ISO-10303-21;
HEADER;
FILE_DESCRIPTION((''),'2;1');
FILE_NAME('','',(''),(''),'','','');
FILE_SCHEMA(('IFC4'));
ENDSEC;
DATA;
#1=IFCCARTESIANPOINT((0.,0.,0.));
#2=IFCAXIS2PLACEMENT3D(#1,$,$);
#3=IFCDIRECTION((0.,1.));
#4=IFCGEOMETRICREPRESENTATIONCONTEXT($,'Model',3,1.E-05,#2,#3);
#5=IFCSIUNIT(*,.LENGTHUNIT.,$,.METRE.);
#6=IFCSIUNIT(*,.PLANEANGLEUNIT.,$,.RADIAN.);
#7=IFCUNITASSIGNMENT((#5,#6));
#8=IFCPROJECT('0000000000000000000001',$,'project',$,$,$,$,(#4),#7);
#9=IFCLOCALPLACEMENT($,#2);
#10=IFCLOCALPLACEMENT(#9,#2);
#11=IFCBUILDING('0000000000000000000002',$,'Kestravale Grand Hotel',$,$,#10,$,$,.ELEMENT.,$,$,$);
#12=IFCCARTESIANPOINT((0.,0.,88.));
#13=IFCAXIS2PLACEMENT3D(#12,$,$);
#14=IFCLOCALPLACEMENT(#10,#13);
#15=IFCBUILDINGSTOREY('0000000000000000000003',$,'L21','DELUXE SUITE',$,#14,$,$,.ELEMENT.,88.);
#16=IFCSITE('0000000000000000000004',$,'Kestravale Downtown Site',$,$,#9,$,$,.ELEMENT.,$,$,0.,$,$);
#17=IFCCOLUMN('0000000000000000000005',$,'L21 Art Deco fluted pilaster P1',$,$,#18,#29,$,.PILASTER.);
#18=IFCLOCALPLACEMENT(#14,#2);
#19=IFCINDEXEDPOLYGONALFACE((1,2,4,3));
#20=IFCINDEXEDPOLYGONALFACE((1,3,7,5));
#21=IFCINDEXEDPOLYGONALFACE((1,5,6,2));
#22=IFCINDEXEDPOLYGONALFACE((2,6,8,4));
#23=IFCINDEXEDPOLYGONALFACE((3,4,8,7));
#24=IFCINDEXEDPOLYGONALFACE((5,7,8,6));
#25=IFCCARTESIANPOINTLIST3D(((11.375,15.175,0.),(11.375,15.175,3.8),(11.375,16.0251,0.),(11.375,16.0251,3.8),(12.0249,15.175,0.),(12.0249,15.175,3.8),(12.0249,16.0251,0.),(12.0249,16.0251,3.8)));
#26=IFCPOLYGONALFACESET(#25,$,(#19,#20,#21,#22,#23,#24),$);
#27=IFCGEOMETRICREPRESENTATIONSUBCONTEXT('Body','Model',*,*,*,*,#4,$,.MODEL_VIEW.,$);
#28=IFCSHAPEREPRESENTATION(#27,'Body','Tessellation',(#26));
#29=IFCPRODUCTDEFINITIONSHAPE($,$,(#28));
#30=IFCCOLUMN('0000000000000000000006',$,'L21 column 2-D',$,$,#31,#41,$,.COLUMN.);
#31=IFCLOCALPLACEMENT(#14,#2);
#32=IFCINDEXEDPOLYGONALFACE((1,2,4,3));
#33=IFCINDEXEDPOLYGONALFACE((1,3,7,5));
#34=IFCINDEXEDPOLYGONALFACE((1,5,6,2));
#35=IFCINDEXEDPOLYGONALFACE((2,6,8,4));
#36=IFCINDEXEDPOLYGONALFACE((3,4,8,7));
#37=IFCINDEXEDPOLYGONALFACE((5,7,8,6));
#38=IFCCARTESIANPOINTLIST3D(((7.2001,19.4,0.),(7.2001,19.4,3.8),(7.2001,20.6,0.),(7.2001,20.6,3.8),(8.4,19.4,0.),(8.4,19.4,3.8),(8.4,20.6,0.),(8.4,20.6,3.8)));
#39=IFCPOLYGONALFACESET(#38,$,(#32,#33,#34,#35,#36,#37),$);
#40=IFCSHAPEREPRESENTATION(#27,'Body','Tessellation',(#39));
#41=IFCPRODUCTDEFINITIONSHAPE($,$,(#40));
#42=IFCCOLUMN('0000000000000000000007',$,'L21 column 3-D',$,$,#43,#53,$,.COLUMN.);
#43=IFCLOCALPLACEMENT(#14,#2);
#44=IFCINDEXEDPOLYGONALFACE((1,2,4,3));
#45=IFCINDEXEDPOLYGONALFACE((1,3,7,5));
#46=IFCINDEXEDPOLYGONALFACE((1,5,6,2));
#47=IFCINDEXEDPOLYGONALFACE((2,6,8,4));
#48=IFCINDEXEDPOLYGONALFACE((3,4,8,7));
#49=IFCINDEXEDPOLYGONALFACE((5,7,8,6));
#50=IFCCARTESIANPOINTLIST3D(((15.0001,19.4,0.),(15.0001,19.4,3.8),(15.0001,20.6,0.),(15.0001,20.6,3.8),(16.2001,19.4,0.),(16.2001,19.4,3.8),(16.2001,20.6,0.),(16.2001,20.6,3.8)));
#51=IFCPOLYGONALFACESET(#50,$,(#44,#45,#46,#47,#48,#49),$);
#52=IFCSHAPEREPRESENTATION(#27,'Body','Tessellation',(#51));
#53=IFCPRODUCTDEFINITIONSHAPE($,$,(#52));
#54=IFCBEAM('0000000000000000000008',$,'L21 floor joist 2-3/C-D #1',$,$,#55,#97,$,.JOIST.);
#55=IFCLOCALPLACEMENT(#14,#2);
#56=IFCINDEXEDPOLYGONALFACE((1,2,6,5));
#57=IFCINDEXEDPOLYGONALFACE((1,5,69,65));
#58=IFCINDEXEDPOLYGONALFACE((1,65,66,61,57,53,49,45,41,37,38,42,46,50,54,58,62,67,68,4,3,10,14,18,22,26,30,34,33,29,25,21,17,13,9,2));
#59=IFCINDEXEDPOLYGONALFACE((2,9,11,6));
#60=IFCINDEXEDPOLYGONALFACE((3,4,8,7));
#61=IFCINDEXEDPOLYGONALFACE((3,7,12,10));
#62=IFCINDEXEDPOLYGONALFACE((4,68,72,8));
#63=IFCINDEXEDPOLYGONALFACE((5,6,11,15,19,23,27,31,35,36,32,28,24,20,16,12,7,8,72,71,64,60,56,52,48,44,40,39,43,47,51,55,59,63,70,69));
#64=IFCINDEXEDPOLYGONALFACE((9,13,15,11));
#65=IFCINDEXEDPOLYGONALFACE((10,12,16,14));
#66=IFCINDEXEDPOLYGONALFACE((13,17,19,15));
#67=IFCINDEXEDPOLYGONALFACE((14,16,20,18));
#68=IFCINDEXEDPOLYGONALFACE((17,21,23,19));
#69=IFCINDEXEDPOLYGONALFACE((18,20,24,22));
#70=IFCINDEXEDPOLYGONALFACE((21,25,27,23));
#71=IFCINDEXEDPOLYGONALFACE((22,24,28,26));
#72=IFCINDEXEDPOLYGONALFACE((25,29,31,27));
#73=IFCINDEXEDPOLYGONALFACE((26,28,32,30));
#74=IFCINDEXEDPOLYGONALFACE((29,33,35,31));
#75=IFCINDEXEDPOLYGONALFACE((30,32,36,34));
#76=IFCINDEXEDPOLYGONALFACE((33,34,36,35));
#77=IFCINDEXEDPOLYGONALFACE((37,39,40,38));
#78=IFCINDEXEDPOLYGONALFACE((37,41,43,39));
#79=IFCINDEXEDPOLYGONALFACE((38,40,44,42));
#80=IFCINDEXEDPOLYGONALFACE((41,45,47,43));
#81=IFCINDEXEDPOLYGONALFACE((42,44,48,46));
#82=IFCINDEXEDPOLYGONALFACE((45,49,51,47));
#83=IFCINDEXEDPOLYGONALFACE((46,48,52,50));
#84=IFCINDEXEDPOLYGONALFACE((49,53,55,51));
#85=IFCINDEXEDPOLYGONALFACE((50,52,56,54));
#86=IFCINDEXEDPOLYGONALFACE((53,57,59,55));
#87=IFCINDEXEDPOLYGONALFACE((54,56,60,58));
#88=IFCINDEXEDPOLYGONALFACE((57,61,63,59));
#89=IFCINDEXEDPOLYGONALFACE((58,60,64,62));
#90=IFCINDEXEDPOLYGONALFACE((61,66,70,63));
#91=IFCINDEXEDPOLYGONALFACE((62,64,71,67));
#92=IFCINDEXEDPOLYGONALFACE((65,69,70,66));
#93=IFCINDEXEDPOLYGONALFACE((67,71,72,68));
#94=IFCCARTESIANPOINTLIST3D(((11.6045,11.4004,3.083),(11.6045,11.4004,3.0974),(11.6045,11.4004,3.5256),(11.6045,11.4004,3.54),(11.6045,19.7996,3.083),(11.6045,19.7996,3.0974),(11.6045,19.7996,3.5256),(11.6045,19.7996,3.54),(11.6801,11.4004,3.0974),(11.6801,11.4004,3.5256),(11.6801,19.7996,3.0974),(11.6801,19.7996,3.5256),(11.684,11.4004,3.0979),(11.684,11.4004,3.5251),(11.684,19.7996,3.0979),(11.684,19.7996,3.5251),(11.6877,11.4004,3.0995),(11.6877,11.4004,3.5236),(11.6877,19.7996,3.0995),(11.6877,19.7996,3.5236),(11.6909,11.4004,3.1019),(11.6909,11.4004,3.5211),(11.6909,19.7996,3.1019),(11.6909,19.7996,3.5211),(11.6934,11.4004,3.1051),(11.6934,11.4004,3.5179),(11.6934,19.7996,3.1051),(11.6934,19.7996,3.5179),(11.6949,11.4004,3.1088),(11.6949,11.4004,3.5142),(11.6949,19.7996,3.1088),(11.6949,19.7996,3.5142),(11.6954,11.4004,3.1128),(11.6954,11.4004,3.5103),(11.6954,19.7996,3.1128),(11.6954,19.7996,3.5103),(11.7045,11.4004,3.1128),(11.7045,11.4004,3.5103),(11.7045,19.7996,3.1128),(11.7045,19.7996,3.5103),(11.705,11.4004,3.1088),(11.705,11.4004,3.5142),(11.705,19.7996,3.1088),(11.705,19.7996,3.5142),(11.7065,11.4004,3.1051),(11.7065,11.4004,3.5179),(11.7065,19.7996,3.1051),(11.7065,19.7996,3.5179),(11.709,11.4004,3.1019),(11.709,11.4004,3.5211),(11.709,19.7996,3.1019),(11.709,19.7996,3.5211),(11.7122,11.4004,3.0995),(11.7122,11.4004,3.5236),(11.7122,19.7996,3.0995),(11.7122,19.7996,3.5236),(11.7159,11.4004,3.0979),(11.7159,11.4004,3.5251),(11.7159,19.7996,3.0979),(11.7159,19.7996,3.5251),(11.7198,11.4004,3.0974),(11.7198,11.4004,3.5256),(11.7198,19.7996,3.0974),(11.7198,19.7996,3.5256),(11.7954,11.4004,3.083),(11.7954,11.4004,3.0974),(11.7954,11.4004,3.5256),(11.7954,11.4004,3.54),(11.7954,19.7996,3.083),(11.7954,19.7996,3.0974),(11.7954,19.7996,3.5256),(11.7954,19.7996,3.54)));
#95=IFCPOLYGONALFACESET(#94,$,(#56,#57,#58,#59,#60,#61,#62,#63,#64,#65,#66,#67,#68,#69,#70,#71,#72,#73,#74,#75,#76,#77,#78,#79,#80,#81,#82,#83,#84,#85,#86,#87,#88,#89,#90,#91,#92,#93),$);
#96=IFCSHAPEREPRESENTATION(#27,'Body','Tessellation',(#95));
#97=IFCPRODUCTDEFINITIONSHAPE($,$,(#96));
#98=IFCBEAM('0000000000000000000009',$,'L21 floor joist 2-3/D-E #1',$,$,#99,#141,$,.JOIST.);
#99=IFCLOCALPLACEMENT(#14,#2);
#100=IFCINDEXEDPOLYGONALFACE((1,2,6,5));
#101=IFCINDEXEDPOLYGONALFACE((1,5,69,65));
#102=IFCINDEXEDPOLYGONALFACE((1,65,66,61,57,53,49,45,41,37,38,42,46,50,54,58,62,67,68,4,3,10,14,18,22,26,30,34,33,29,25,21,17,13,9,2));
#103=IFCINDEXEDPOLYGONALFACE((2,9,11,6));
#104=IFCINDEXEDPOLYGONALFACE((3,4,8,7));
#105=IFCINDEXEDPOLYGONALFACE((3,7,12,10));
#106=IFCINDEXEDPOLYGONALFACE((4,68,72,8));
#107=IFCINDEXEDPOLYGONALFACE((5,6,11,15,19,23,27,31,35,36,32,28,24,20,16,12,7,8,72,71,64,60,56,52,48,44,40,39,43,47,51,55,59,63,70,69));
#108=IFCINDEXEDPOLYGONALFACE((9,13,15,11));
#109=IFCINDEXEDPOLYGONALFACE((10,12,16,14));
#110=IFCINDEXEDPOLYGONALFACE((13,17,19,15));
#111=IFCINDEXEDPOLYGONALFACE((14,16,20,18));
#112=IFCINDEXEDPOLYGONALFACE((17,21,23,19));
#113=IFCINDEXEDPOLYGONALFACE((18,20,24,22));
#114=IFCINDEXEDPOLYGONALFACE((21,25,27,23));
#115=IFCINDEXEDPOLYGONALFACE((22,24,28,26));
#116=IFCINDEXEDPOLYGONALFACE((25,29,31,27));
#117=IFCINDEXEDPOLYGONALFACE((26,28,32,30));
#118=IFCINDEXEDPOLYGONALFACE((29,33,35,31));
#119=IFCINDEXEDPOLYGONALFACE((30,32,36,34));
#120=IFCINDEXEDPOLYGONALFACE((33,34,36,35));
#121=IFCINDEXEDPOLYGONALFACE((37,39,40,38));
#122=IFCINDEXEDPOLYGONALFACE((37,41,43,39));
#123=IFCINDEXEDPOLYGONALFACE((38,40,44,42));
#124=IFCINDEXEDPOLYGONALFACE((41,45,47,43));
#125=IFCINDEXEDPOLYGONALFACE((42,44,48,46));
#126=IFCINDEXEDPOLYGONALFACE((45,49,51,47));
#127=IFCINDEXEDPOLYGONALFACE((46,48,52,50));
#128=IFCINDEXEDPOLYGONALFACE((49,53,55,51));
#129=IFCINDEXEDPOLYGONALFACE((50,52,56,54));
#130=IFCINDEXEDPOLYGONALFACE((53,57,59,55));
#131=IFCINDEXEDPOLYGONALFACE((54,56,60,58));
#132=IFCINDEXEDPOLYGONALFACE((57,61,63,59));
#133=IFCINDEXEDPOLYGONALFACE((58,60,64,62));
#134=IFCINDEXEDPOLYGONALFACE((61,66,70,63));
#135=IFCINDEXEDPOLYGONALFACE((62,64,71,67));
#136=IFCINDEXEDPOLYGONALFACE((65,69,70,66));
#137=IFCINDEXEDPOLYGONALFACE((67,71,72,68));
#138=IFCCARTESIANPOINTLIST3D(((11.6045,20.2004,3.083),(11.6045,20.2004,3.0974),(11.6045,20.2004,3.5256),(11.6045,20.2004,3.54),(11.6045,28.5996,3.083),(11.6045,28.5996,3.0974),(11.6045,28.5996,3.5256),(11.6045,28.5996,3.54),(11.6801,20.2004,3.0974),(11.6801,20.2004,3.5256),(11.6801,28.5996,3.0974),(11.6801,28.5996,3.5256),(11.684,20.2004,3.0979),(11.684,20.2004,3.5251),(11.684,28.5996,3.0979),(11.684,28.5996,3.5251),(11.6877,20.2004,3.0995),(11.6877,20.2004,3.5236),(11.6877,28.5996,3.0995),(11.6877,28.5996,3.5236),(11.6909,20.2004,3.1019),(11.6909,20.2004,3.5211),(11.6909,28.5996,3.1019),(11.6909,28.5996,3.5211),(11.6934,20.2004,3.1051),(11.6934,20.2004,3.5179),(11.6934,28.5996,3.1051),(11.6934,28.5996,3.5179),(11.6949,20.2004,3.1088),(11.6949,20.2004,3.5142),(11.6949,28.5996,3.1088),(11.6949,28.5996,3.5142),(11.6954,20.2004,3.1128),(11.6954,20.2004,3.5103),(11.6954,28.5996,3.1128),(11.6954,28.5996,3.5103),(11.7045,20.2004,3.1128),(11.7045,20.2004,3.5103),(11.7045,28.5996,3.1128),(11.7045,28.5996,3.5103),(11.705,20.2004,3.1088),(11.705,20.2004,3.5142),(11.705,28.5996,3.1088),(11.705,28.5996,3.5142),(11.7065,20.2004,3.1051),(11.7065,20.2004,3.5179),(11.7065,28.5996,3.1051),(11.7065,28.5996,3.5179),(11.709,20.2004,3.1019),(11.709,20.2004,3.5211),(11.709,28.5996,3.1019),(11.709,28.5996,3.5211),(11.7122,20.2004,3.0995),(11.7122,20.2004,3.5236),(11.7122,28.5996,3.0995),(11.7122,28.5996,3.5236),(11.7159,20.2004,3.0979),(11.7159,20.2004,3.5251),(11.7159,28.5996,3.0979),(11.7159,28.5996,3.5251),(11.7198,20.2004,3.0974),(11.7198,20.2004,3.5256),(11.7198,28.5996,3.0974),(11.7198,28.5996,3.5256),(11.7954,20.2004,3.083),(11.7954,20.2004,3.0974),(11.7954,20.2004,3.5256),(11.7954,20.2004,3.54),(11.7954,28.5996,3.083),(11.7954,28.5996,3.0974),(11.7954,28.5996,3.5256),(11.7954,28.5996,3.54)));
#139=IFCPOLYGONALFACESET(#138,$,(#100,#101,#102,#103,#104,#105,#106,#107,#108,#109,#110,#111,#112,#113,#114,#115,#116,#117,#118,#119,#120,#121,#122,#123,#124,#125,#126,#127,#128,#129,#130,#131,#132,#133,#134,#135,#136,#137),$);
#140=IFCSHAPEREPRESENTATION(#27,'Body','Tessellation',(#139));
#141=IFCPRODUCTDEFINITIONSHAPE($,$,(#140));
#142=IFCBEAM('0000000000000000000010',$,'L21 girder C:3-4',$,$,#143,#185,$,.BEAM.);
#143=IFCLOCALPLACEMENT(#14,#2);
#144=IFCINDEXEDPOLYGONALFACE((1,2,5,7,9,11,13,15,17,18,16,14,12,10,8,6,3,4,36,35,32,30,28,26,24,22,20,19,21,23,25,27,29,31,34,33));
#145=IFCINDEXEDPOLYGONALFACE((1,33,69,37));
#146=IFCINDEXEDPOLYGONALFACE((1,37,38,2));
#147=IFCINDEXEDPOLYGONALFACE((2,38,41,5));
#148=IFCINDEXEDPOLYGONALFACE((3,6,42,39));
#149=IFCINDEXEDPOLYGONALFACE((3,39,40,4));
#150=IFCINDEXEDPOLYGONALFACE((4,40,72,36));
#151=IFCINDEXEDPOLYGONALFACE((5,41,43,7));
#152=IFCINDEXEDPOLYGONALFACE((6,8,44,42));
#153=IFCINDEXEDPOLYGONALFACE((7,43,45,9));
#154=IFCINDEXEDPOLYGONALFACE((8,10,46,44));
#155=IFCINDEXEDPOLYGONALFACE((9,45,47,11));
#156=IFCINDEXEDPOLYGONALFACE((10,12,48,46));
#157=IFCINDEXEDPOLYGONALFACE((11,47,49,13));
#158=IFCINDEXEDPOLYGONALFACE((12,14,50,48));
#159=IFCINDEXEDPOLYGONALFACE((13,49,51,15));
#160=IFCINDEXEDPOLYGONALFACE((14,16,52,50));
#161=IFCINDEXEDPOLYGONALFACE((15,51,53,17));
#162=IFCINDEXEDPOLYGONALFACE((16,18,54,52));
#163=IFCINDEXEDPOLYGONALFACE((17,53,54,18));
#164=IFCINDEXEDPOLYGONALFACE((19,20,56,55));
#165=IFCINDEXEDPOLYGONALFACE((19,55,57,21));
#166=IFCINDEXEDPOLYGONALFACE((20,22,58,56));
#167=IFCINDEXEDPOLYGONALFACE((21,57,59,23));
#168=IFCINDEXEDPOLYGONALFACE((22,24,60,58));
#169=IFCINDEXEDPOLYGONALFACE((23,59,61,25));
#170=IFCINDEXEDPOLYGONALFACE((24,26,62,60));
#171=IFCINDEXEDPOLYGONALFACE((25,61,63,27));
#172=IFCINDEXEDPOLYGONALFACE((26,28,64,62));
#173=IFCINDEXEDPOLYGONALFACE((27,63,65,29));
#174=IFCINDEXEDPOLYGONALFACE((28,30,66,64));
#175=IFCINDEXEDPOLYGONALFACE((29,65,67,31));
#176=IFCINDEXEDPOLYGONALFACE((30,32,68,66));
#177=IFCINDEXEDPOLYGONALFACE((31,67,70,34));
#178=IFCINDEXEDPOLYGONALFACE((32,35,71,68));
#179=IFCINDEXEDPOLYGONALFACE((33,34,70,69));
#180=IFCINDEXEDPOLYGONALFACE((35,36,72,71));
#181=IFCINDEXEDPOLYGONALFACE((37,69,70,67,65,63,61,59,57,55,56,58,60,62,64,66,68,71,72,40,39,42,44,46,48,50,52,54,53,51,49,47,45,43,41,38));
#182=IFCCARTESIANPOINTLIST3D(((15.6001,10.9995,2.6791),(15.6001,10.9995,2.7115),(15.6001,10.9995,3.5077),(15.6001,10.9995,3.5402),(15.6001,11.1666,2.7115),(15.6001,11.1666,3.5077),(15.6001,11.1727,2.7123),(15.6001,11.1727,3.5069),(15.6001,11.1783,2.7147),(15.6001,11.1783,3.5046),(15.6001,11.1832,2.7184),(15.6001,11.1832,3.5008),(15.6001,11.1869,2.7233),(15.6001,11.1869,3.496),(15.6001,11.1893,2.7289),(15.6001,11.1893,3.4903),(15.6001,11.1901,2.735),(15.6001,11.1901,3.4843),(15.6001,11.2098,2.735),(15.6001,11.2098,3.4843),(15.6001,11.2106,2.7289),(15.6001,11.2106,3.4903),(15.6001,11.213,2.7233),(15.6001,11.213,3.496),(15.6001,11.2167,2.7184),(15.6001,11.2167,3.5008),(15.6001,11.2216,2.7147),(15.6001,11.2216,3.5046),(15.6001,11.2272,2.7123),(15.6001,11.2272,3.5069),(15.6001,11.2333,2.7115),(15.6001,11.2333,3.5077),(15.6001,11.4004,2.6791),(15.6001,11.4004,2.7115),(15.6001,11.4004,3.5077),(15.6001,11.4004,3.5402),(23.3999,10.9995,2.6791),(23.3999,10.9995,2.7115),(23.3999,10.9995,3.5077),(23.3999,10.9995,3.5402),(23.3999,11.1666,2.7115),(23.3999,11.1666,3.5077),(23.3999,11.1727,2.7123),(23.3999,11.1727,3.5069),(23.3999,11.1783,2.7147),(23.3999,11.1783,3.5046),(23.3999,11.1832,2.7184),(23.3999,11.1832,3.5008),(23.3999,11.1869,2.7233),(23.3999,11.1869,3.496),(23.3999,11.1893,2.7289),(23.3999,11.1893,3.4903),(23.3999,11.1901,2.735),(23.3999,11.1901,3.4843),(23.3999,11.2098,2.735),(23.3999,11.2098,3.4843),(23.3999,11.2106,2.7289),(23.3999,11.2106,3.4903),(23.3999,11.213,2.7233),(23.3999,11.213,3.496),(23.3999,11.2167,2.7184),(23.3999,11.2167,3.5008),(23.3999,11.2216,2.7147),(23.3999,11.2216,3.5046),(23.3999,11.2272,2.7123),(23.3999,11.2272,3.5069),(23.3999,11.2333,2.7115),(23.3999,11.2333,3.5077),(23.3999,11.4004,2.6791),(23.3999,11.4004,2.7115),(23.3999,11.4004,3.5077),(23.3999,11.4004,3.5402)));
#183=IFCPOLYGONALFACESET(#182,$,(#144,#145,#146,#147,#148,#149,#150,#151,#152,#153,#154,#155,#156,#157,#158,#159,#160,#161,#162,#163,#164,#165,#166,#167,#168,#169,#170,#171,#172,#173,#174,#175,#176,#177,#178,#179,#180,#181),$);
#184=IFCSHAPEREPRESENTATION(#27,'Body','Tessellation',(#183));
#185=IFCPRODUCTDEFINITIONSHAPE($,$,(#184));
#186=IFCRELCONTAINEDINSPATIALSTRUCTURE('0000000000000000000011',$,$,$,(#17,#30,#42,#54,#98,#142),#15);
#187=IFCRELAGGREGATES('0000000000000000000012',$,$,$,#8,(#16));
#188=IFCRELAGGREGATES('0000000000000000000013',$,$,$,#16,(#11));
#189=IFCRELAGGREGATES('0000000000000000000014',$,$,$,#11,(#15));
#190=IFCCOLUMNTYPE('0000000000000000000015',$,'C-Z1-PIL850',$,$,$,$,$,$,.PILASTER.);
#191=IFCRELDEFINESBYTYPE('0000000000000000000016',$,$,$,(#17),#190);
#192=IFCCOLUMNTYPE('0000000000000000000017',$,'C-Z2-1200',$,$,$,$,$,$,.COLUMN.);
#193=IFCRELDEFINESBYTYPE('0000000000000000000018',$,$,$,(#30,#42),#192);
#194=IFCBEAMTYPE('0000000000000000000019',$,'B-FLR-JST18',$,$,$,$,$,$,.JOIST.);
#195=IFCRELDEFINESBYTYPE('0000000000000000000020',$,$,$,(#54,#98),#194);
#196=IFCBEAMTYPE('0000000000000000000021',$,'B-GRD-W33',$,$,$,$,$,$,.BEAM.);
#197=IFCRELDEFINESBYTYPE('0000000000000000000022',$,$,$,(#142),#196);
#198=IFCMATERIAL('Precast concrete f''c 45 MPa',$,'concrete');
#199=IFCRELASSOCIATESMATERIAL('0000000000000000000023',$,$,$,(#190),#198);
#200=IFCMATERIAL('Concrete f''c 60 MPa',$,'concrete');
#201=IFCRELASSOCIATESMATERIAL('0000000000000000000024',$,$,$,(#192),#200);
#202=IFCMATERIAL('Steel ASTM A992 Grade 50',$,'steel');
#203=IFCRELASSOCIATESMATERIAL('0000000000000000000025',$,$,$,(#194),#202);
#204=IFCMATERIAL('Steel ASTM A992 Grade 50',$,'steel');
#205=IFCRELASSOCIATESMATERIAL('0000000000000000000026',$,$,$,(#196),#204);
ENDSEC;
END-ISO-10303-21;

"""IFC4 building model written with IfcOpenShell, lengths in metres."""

from ifc_helpers import new_model, si_unit, direction, frame, origin, origin_2d, place, context, subcontext, project, spatial, rectangle, i_section, extrude, material, material_profile, profile_set, type_object, element, save


model = new_model("IFC4")

# Units and contexts
model_context = context("Model", 3, precision=1e-05, world=origin(), true_north=direction((0.0, 1.0)))
body_context = subcontext(model_context, "Body", "Model", "MODEL_VIEW")
ifc_project = project(units=[si_unit("LENGTHUNIT", "METRE"), si_unit("PLANEANGLEUNIT", "RADIAN")], contexts=[model_context])

# Site, building, storey
site_placement = place(None, origin())
site = spatial("IfcSite", under=ifc_project, at=site_placement, Name="Kestravale Downtown Site", CompositionType="ELEMENT", RefElevation=0.0)
building_placement = place(site_placement, origin())
building = spatial("IfcBuilding", under=site, at=building_placement, Name="Kestravale Grand Hotel", CompositionType="ELEMENT")
storey_placement = place(building_placement, frame((0.0, 0.0, 88.0)))
storey = spatial("IfcBuildingStorey", under=building, at=storey_placement, Name="L21", Description="DELUXE SUITE", CompositionType="ELEMENT", Elevation=88.0)

# Columns
ifc_material_1 = material(Name="Precast concrete f'c 45 MPa", Category="concrete")
ifc_material_profile_1 = material_profile(ifc_material_1, rectangle(XDim=0.6499, YDim=0.8501, at=origin_2d()))
ifc_profile_set_1 = profile_set([ifc_material_profile_1], Name="Precast concrete f'c 45 MPa")
column_type_1 = type_object("IfcColumnType", Name="C-Z1-PIL850", PredefinedType="PILASTER", material=ifc_profile_set_1)
column_placement = place(storey_placement, frame((11.7, 15.6001, 0.0), z_axis=(0.0, 0.0, 1.0), x_axis=(1.0, 0.0, 0.0)))
element("IfcColumn", 1, at=column_placement, inside=storey, type_object=column_type_1, Name="L21 Art Deco fluted pilaster P1", PredefinedType="PILASTER", context=body_context, shape_type="SweptSolid", body=[
    extrude(rectangle(XDim=0.6499, YDim=0.8501, at=origin_2d()), origin(), (0.0, 0.0, 1.0), 3.8),
])
ifc_material_2 = material(Name="Concrete f'c 60 MPa", Category="concrete")
ifc_material_profile_2 = material_profile(ifc_material_2, rectangle(XDim=1.2, YDim=1.2, at=origin_2d()))
ifc_profile_set_2 = profile_set([ifc_material_profile_2], Name="Concrete f'c 60 MPa")
column_type_2 = type_object("IfcColumnType", Name="C-Z2-1200", PredefinedType="COLUMN", material=ifc_profile_set_2)
for number, where, z_axis, x_axis, name in (
    (2, (7.8, 20.0, 0.0), (0.0, 0.0, 1.0), (1.0, 0.0, 0.0), "L21 column 2-D"),
    (3, (15.6001, 20.0, 0.0), (0.0, 0.0, 1.0), (1.0, 0.0, 0.0), "L21 column 3-D"),
):
    element("IfcColumn", number, at=place(storey_placement, frame(where, z_axis=z_axis, x_axis=x_axis)), inside=storey, type_object=column_type_2, Name=name, PredefinedType="COLUMN", context=body_context, shape_type="SweptSolid", body=[
        extrude(rectangle(XDim=1.2, YDim=1.2, at=origin_2d()), origin(), (0.0, 0.0, 1.0), 3.8),
    ])

# Beams
ifc_material_3 = material(Name="Steel ASTM A992 Grade 50", Category="steel")
ifc_material_profile_3 = material_profile(ifc_material_3, i_section(OverallWidth=0.1909, OverallDepth=0.457, WebThickness=0.009, FlangeThickness=0.0144, FilletRadius=0.0154, at=origin_2d()))
ifc_profile_set_3 = profile_set([ifc_material_profile_3], Name="Steel ASTM A992 Grade 50")
beam_type_1 = type_object("IfcBeamType", Name="B-FLR-JST18", PredefinedType="JOIST", material=ifc_profile_set_3)
for number, where, z_axis, x_axis, name in (
    (4, (11.7, 11.4004, 3.3115), (0.0, 1.0, 0.0), (-1.0, 0.0, 0.0), "L21 floor joist 2-3/C-D #1"),
    (5, (11.7, 20.2004, 3.3115), (0.0, 1.0, 0.0), (-1.0, 0.0, 0.0), "L21 floor joist 2-3/D-E #1"),
):
    element("IfcBeam", number, at=place(storey_placement, frame(where, z_axis=z_axis, x_axis=x_axis)), inside=storey, type_object=beam_type_1, Name=name, PredefinedType="JOIST", context=body_context, shape_type="SweptSolid", body=[
        extrude(i_section(OverallWidth=0.1909, OverallDepth=0.457, WebThickness=0.009, FlangeThickness=0.0144, FilletRadius=0.0154, at=origin_2d()), origin(), (0.0, 0.0, 1.0), 8.3992),
    ])
ifc_material_4 = material(Name="Steel ASTM A992 Grade 50", Category="steel")
ifc_material_profile_4 = material_profile(ifc_material_4, i_section(OverallWidth=0.4009, OverallDepth=0.8611, WebThickness=0.0198, FlangeThickness=0.0325, FilletRadius=0.0234, at=origin_2d()))
ifc_profile_set_4 = profile_set([ifc_material_profile_4], Name="Steel ASTM A992 Grade 50")
beam_type_2 = type_object("IfcBeamType", Name="B-GRD-W33", PredefinedType="BEAM", material=ifc_profile_set_4)
beam_1_placement = place(storey_placement, frame((15.6001, 11.2, 3.1096), z_axis=(1.0, 0.0, 0.0), x_axis=(0.0, 1.0, 0.0)))
element("IfcBeam", 6, at=beam_1_placement, inside=storey, type_object=beam_type_2, Name="L21 girder C:3-4", PredefinedType="BEAM", context=body_context, shape_type="SweptSolid", body=[
    extrude(i_section(OverallWidth=0.4009, OverallDepth=0.8611, WebThickness=0.0198, FlangeThickness=0.0325, FilletRadius=0.0234, at=origin_2d()), origin(), (0.0, 0.0, 1.0), 7.7998),
])

save(model, "model.ifc")
